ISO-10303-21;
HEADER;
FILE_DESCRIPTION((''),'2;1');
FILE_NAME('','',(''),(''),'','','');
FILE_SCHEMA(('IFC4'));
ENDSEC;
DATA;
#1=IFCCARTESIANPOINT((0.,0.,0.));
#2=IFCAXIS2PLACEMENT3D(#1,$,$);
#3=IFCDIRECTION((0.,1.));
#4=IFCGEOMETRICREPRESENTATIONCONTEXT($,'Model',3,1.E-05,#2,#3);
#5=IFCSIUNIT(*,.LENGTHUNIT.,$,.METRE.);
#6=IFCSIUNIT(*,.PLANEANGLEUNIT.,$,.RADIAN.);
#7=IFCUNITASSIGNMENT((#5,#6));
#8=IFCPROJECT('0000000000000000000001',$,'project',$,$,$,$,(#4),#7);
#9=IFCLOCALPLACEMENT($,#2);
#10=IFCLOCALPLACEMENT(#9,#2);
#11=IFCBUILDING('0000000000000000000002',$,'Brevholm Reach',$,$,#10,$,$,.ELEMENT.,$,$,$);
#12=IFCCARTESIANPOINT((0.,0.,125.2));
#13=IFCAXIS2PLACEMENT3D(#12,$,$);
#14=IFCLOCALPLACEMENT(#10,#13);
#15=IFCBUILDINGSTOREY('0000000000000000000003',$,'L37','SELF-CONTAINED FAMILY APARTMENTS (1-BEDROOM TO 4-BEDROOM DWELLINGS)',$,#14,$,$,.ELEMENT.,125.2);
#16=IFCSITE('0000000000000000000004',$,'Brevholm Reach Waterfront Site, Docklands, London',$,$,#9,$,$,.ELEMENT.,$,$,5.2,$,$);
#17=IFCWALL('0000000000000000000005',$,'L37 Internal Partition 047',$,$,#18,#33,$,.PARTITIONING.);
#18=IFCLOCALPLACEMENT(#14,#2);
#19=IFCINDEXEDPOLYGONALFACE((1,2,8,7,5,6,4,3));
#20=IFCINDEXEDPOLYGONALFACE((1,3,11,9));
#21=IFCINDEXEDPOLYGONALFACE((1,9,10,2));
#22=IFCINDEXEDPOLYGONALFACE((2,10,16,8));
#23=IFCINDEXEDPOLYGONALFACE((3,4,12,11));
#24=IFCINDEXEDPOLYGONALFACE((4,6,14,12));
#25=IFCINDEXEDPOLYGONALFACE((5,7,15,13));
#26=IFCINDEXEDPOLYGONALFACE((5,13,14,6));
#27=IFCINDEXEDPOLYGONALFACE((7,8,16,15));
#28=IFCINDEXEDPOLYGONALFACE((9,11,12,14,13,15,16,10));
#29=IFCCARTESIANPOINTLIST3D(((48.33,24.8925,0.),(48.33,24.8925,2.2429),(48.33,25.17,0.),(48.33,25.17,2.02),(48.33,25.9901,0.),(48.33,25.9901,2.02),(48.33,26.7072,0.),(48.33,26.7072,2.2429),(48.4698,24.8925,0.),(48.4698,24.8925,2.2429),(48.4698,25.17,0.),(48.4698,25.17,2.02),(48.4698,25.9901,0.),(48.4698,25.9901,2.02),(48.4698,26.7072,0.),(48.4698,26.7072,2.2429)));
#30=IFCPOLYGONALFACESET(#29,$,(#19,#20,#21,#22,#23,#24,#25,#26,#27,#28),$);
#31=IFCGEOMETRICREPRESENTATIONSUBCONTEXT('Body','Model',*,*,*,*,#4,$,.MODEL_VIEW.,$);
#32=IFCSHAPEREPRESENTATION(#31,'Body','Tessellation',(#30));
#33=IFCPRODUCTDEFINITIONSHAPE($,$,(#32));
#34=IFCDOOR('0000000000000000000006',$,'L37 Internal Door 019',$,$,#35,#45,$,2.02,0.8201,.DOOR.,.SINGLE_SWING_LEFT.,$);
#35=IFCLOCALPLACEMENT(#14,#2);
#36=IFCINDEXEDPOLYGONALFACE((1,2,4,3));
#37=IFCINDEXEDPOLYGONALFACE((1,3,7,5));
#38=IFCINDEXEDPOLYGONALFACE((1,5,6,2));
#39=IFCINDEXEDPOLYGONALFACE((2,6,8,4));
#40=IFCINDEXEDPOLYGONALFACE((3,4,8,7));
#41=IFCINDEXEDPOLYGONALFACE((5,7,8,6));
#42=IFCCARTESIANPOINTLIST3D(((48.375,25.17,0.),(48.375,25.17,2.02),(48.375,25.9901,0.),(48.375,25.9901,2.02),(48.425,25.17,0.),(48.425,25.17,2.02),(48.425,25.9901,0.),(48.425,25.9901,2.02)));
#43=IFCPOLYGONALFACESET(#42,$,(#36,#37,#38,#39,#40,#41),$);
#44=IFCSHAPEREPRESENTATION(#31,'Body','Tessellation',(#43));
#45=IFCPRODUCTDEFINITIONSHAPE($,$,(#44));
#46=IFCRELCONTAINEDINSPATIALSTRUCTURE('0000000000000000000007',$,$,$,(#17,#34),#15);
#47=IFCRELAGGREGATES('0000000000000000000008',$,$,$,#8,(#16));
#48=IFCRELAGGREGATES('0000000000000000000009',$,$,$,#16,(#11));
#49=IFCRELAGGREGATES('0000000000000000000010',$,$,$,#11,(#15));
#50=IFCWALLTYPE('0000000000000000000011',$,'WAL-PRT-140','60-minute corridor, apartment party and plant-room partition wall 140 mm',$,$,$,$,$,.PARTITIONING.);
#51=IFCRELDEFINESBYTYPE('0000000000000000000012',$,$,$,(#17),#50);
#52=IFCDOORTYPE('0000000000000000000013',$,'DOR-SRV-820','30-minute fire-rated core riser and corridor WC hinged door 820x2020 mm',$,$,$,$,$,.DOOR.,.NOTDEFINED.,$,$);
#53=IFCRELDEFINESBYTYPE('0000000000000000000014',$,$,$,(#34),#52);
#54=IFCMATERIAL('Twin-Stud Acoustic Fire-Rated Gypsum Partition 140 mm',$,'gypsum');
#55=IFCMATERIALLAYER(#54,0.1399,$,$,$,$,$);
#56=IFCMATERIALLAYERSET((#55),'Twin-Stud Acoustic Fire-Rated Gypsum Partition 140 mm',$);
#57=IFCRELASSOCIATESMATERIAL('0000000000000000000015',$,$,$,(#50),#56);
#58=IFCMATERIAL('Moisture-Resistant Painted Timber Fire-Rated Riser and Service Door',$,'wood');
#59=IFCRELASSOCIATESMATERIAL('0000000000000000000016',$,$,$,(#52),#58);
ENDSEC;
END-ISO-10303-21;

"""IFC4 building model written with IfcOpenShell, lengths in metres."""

from ifc_helpers import new_model, si_unit, direction, frame, frame_2d, origin, place, context, subcontext, project, spatial, rectangle, extrude, material, layer, layer_set, type_object, element, fill, save


model = new_model("IFC4")

# Units and contexts
model_context = context("Model", 3, precision=1e-05, world=origin(), true_north=direction((0.0, 1.0)))
body_context = subcontext(model_context, "Body", "Model", "MODEL_VIEW")
ifc_project = project(units=[si_unit("LENGTHUNIT", "METRE"), si_unit("PLANEANGLEUNIT", "RADIAN")], contexts=[model_context])

# Site, building, storey
site_placement = place(None, origin())
site = spatial("IfcSite", under=ifc_project, at=site_placement, Name="Brevholm Reach Waterfront Site, Docklands, London", CompositionType="ELEMENT", RefElevation=5.2)
building_placement = place(site_placement, origin())
building = spatial("IfcBuilding", under=site, at=building_placement, Name="Brevholm Reach", CompositionType="ELEMENT")
storey_placement = place(building_placement, frame((0.0, 0.0, 125.2)))
storey = spatial("IfcBuildingStorey", under=building, at=storey_placement, Name="L37", Description="SELF-CONTAINED FAMILY APARTMENTS (1-BEDROOM TO 4-BEDROOM DWELLINGS)", CompositionType="ELEMENT", Elevation=125.2)

# Wall, opening, door
ifc_material_1 = material(Name="Twin-Stud Acoustic Fire-Rated Gypsum Partition 140 mm", Category="gypsum")
ifc_layer_1 = layer(ifc_material_1, 0.1399)
ifc_layer_set_1 = layer_set([ifc_layer_1], Name="Twin-Stud Acoustic Fire-Rated Gypsum Partition 140 mm")
wall_type_1 = type_object("IfcWallType", Name="WAL-PRT-140", Description="60-minute corridor, apartment party and plant-room partition wall 140 mm", PredefinedType="PARTITIONING", material=ifc_layer_set_1)
wall_1_placement = place(storey_placement, frame((48.3999, 24.8926, 0.0), z_axis=(0.0, 0.0, 1.0), x_axis=(0.0, 1.0, 0.0)))
wall_1 = element("IfcWall", 1, at=wall_1_placement, inside=storey, type_object=wall_type_1, Name="L37 Internal Partition 047", PredefinedType="PARTITIONING", context=body_context, shape_type="SweptSolid", body=[
    extrude(rectangle(XDim=1.8147, YDim=0.1399, at=frame_2d((0.9072, 0.0))), origin(), (0.0, 0.0, 1.0), 2.2429),
])
opening_1_placement = place(wall_1_placement, frame((0.2773, 0.0, 0.0)))
opening_1 = element("IfcOpeningElement", 2, at=opening_1_placement, cuts=wall_1, PredefinedType="OPENING", context=body_context, shape_type="SweptSolid", body=[
    extrude(rectangle(XDim=0.8201, YDim=2.02, at=frame_2d((0.4102, 1.01))), frame((0.0, 0.0798, 0.0), z_axis=(0.0, -1.0, 0.0), x_axis=(1.0, 0.0, 0.0)), (0.0, 0.0, 1.0), 0.1599),
])
ifc_material_2 = material(Name="Moisture-Resistant Painted Timber Fire-Rated Riser and Service Door", Category="wood")
door_type_1 = type_object("IfcDoorType", Name="DOR-SRV-820", Description="30-minute fire-rated core riser and corridor WC hinged door 820x2020 mm", OperationType="NOTDEFINED", PredefinedType="DOOR", material=ifc_material_2)
door_1_placement = place(opening_1_placement, origin())
door_1 = element("IfcDoor", 3, at=door_1_placement, inside=storey, type_object=door_type_1, Name="L37 Internal Door 019", OperationType="SINGLE_SWING_LEFT", OverallHeight=2.02, OverallWidth=0.8201, PredefinedType="DOOR", context=body_context, shape_type="SweptSolid", body=[
    extrude(rectangle(XDim=0.8201, YDim=2.02, at=frame_2d((0.4102, 1.01))), frame((0.0, 0.0249, 0.0), z_axis=(0.0, -1.0, 0.0), x_axis=(1.0, 0.0, 0.0)), (0.0, 0.0, 1.0), 0.05),
])
fill(opening_1, door_1)

save(model, "model.ifc")
